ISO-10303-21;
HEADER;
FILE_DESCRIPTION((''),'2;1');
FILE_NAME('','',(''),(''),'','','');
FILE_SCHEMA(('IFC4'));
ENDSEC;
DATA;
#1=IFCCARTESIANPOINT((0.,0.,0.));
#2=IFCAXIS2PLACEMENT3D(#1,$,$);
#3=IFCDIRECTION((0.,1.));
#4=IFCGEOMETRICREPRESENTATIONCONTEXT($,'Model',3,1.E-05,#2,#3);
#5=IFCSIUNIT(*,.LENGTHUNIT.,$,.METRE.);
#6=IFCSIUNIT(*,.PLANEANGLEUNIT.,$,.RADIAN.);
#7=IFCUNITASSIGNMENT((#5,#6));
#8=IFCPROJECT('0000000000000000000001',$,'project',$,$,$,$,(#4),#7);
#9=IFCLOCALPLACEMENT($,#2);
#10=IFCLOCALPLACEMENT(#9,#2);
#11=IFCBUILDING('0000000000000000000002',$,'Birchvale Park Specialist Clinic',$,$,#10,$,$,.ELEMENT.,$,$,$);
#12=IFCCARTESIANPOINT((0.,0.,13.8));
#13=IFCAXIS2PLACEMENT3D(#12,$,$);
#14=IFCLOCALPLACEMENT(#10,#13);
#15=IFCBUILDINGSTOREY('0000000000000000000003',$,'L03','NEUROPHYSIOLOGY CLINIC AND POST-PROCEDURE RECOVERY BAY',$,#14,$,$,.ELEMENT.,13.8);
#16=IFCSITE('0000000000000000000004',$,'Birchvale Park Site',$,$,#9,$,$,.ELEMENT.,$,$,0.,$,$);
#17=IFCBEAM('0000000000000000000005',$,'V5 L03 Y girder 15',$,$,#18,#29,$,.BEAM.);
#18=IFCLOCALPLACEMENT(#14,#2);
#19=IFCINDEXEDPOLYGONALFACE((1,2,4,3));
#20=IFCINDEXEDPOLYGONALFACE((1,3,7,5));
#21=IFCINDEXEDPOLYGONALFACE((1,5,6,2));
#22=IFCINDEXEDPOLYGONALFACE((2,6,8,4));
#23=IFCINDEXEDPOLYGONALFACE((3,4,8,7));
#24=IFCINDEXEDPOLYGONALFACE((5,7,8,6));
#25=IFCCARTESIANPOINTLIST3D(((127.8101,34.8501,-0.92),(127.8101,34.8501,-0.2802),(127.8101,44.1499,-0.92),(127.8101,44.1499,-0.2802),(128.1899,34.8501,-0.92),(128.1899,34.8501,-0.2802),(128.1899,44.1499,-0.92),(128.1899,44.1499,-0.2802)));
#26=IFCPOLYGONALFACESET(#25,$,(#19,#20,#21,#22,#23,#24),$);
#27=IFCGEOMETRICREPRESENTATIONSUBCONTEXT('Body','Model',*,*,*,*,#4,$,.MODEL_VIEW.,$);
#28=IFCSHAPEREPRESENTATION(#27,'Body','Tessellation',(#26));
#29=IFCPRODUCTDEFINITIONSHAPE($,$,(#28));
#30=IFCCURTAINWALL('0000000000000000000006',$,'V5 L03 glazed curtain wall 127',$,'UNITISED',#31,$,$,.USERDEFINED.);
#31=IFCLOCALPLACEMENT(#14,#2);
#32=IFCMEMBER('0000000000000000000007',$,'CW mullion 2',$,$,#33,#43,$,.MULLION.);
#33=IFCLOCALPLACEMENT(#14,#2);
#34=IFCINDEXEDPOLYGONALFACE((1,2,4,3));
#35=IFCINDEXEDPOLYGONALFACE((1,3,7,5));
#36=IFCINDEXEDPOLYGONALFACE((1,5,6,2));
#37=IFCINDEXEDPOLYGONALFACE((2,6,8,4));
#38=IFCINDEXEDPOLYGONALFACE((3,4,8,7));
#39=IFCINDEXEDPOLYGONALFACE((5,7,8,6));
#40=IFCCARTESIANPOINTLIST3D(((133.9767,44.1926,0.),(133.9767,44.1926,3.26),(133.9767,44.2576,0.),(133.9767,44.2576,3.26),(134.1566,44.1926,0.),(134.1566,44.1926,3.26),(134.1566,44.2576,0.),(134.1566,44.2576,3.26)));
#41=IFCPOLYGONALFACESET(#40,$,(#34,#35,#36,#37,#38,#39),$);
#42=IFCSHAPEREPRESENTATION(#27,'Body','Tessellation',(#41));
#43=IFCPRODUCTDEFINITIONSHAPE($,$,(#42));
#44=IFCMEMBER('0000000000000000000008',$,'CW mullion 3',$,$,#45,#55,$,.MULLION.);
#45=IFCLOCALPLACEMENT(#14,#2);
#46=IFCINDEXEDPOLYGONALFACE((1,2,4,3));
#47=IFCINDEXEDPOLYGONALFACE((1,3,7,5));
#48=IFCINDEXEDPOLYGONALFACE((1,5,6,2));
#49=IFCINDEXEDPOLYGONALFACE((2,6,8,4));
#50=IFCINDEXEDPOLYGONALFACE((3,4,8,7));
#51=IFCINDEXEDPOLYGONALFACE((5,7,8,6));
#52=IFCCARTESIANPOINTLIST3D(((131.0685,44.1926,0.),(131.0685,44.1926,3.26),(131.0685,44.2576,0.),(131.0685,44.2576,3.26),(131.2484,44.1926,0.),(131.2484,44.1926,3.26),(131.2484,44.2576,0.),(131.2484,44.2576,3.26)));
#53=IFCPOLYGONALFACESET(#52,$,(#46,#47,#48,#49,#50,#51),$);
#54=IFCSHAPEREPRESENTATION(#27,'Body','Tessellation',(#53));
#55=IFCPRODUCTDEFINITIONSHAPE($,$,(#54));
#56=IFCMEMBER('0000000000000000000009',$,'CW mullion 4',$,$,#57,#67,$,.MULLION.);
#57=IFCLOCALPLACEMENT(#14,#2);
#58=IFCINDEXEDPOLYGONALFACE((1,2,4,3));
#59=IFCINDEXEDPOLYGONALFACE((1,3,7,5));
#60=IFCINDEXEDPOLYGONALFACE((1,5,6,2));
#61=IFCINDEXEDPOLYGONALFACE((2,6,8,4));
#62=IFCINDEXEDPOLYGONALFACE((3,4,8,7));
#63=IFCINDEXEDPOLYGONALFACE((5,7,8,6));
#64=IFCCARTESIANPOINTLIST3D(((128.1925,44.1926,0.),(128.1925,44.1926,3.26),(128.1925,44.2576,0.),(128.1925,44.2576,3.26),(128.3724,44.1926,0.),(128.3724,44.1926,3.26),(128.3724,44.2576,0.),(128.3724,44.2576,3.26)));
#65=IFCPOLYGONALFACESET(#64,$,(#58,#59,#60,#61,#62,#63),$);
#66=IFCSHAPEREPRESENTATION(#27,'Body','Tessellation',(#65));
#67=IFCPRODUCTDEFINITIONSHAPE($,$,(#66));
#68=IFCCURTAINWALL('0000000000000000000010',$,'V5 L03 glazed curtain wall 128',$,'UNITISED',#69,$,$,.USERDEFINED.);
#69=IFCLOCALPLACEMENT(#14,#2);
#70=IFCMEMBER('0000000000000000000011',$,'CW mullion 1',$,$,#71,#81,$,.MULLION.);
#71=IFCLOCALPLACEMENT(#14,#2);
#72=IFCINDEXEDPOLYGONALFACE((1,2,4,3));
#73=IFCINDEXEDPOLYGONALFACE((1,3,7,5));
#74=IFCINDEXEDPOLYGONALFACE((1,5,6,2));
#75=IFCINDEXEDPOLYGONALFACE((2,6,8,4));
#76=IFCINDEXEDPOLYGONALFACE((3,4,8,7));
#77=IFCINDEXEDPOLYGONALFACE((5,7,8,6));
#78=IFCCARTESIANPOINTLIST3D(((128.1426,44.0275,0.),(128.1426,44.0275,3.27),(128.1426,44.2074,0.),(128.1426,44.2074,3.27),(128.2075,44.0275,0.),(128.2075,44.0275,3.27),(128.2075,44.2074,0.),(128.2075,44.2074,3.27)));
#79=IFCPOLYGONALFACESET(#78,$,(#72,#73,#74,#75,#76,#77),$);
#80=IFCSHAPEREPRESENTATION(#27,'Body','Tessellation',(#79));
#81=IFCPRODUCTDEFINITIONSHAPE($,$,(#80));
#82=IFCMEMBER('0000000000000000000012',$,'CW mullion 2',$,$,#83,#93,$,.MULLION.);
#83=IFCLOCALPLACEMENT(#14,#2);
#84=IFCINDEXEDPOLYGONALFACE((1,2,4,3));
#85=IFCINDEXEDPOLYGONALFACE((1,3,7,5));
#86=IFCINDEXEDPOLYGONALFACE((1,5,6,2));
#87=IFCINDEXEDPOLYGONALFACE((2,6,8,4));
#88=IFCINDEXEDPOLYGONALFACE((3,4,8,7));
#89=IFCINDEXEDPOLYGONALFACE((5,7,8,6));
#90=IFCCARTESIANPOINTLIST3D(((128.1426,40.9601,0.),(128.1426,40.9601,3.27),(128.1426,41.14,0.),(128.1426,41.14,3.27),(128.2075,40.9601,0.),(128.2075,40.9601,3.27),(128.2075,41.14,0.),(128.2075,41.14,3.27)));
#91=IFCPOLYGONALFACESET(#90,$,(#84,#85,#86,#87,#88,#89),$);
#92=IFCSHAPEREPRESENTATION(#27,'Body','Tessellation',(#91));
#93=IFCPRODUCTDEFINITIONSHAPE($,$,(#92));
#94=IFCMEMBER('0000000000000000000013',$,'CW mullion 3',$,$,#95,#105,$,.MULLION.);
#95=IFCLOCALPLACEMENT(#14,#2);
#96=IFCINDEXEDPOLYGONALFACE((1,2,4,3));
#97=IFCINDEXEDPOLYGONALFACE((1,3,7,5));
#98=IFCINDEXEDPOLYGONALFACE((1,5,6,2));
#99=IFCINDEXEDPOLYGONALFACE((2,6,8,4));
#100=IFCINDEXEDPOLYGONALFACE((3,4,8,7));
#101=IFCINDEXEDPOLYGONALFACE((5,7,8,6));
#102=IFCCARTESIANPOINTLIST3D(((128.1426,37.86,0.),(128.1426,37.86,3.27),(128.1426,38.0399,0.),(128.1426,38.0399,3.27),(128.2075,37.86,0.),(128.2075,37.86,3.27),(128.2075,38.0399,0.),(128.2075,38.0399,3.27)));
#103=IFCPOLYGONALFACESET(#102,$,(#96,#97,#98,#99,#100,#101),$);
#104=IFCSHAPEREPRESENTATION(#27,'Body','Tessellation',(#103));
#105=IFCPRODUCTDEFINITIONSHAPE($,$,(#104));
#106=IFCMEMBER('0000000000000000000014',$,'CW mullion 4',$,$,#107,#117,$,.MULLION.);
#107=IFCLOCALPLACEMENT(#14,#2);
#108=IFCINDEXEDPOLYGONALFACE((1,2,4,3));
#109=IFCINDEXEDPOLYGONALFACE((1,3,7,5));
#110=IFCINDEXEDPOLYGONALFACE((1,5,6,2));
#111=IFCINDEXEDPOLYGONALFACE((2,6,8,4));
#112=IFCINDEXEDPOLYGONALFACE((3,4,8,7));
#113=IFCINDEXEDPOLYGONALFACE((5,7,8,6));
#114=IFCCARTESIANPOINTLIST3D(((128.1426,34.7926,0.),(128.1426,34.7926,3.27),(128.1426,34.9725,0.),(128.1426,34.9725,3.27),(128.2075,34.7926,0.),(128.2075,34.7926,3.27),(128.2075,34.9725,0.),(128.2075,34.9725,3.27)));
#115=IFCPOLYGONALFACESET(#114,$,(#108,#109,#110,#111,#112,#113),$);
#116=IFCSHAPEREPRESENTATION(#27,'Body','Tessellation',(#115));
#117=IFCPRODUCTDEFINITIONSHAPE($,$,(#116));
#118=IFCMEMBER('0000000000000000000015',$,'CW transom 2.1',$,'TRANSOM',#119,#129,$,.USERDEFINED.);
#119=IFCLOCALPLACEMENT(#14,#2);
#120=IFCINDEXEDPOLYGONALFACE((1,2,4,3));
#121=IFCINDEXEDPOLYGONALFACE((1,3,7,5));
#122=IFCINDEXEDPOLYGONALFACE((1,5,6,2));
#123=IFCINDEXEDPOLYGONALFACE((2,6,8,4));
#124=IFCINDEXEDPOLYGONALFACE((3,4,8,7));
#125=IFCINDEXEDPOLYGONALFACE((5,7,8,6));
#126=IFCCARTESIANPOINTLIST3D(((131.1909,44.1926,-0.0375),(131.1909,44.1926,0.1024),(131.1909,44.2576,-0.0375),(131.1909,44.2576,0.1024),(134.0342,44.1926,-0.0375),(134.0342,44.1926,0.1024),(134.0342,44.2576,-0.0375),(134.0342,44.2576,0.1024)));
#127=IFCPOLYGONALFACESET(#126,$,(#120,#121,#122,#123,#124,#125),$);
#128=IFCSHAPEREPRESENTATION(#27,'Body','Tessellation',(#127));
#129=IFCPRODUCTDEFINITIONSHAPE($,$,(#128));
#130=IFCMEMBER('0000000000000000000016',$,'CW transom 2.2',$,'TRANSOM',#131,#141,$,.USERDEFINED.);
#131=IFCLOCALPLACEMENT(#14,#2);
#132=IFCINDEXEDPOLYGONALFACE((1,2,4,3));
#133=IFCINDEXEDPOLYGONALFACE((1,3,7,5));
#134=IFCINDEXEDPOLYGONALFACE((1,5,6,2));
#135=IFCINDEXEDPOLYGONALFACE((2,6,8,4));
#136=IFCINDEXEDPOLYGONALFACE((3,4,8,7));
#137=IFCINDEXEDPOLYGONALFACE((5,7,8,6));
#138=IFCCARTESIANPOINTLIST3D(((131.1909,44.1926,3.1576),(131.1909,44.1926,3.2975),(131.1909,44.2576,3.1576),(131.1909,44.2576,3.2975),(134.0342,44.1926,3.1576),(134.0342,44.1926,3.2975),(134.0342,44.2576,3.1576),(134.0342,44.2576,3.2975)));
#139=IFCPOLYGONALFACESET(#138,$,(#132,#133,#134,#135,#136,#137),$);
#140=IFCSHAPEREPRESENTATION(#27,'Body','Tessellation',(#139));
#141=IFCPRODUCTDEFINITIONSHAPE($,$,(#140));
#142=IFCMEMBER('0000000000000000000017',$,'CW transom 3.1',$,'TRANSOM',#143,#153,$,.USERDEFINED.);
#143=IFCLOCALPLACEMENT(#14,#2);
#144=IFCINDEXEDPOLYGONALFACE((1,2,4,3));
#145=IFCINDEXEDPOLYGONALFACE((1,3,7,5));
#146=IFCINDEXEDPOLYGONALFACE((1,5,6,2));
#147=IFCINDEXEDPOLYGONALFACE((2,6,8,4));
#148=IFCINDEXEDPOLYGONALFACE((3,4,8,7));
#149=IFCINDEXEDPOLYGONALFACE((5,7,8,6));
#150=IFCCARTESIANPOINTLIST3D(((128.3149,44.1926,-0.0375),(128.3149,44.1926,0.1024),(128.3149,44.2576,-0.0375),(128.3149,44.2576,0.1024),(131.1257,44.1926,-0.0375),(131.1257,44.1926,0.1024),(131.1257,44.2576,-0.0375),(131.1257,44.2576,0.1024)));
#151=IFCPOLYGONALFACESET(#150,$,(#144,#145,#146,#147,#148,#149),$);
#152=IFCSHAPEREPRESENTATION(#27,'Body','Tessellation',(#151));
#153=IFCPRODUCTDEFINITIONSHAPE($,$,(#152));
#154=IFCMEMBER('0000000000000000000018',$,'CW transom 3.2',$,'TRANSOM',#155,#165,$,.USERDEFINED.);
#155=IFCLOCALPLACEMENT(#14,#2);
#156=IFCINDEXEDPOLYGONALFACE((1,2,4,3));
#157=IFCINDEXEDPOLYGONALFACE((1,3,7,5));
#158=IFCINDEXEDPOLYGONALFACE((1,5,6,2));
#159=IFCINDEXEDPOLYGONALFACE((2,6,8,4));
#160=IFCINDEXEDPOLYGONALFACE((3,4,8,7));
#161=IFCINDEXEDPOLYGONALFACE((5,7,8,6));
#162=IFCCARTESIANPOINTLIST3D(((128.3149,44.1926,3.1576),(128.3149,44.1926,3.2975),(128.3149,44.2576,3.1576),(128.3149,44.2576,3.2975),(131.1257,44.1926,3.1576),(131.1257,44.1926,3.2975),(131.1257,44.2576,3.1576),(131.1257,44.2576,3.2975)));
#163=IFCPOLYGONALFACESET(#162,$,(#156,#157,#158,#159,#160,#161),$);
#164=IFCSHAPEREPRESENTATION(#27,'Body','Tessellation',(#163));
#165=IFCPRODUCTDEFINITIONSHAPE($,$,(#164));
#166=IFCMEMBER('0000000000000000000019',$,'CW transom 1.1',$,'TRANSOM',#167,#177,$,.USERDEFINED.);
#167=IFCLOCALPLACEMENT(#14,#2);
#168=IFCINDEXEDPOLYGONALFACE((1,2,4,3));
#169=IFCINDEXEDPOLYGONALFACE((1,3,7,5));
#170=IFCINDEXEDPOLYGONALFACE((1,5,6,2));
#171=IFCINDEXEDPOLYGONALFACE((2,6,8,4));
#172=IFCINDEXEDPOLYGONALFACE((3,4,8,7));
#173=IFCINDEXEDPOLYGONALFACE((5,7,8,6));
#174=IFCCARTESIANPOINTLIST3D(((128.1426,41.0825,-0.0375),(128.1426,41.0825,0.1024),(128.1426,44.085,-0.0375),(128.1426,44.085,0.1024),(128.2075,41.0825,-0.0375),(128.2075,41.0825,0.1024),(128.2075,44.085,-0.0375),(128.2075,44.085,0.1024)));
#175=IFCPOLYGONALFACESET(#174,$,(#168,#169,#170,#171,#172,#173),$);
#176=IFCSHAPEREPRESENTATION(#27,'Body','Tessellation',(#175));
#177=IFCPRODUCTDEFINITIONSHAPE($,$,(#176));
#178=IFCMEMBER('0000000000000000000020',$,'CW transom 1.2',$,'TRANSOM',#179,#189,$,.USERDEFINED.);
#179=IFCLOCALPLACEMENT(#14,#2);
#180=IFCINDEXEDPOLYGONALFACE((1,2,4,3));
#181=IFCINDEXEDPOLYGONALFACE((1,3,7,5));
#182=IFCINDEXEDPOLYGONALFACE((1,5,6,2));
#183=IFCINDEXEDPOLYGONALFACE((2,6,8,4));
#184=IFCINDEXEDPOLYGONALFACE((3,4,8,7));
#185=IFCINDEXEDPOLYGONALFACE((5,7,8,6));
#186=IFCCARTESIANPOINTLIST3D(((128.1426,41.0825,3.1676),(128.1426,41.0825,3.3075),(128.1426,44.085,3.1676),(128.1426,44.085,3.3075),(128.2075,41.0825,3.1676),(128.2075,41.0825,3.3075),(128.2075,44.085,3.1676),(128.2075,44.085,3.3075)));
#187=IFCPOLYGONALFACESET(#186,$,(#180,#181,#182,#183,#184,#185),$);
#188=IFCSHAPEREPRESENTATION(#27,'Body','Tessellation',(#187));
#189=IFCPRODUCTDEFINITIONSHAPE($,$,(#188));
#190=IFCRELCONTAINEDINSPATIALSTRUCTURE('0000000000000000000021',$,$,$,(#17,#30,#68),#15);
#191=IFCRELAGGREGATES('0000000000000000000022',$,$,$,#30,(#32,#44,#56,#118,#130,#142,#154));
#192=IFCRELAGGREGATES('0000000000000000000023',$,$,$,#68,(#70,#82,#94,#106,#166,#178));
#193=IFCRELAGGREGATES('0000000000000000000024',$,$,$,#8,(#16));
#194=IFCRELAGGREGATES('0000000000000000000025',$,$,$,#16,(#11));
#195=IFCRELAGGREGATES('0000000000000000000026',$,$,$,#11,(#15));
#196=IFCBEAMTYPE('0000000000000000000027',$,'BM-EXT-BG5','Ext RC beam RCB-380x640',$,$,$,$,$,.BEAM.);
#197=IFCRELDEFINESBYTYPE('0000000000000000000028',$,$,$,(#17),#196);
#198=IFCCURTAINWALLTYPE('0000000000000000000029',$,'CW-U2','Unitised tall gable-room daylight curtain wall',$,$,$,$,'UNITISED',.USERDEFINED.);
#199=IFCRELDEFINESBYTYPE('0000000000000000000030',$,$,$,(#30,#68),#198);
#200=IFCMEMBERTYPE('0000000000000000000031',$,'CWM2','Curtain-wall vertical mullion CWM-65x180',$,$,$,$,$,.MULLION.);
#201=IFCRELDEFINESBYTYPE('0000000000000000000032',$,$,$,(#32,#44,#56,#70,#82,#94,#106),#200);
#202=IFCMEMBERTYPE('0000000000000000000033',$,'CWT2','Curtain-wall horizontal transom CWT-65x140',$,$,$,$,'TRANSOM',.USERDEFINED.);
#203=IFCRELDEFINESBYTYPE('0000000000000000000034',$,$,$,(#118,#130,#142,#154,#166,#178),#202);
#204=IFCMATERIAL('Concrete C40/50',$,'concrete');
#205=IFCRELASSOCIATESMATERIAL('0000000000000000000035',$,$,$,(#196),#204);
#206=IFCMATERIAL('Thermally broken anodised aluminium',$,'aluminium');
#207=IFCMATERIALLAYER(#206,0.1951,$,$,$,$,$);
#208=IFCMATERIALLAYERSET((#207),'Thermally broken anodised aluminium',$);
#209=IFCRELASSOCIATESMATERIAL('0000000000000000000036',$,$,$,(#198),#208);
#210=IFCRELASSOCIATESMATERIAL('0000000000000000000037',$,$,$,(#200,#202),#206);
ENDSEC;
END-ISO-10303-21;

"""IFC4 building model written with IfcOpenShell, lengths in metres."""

from ifc_helpers import new_model, si_unit, direction, frame, origin, origin_2d, place, context, subcontext, project, spatial, rectangle, extrude, material, layer, layer_set, material_profile, profile_set, type_object, element, aggregate, save


model = new_model("IFC4")

# Units and contexts
model_context = context("Model", 3, precision=1e-05, world=origin(), true_north=direction((0.0, 1.0)))
body_context = subcontext(model_context, "Body", "Model", "MODEL_VIEW")
ifc_project = project(units=[si_unit("LENGTHUNIT", "METRE"), si_unit("PLANEANGLEUNIT", "RADIAN")], contexts=[model_context])

# Site, building, storey
site_placement = place(None, origin())
site = spatial("IfcSite", under=ifc_project, at=site_placement, Name="Birchvale Park Site", CompositionType="ELEMENT", RefElevation=0.0)
building_placement = place(site_placement, origin())
building = spatial("IfcBuilding", under=site, at=building_placement, Name="Birchvale Park Specialist Clinic", CompositionType="ELEMENT")
storey_placement = place(building_placement, frame((0.0, 0.0, 13.8)))
storey = spatial("IfcBuildingStorey", under=building, at=storey_placement, Name="L03", Description="NEUROPHYSIOLOGY CLINIC AND POST-PROCEDURE RECOVERY BAY", CompositionType="ELEMENT", Elevation=13.8)

# Beam
ifc_material_1 = material(Name="Concrete C40/50", Category="concrete")
ifc_material_profile_1 = material_profile(ifc_material_1, rectangle(XDim=0.3799, YDim=0.6399, at=origin_2d()), Name="RCB-380x640")
ifc_profile_set_1 = profile_set([ifc_material_profile_1], Name="Concrete C40/50")
beam_type = type_object("IfcBeamType", Name="BM-EXT-BG5", Description="Ext RC beam RCB-380x640", PredefinedType="BEAM", material=ifc_profile_set_1)
beam_placement = place(storey_placement, frame((128.0, 34.8501, -0.6001), z_axis=(0.0, 1.0, 0.0), x_axis=(-1.0, 0.0, 0.0)))
element("IfcBeam", 1, at=beam_placement, inside=storey, type_object=beam_type, Name="V5 L03 Y girder 15", PredefinedType="BEAM", context=body_context, shape_type="SweptSolid", body=[
    extrude(rectangle(XDim=0.3799, YDim=0.6399, at=origin_2d()), origin(), (0.0, 0.0, 1.0), 9.2998),
])

# Curtain walls, members
ifc_material_2 = material(Name="Thermally broken anodised aluminium", Category="aluminium")
ifc_layer_1 = layer(ifc_material_2, 0.1951)
ifc_layer_set_1 = layer_set([ifc_layer_1], Name="Thermally broken anodised aluminium")
curtain_wall_type = type_object("IfcCurtainWallType", Name="CW-U2", Description="Unitised tall gable-room daylight curtain wall", ElementType="UNITISED", PredefinedType="USERDEFINED", material=ifc_layer_set_1)
curtain_wall_1_placement = place(storey_placement, origin())
curtain_wall_1 = element("IfcCurtainWall", 2, at=curtain_wall_1_placement, inside=storey, type_object=curtain_wall_type, Name="V5 L03 glazed curtain wall 127", ObjectType="UNITISED", PredefinedType="USERDEFINED")
ifc_material_profile_2 = material_profile(ifc_material_2, rectangle(XDim=0.0649, YDim=0.1799, at=origin_2d()), Name="CWM-65x180")
ifc_profile_set_2 = profile_set([ifc_material_profile_2], Name="Thermally broken anodised aluminium")
member_type_1 = type_object("IfcMemberType", Name="CWM2", Description="Curtain-wall vertical mullion CWM-65x180", PredefinedType="MULLION", material=ifc_profile_set_2)
member_1_placement = place(storey_placement, frame((134.0667, 44.2251, 0.0), z_axis=(0.0, 0.0, 1.0), x_axis=(0.0, -1.0, 0.0)))
member_1 = element("IfcMember", 3, at=member_1_placement, type_object=member_type_1, Name="CW mullion 2", PredefinedType="MULLION", context=body_context, shape_type="SweptSolid", body=[
    extrude(rectangle(XDim=0.0649, YDim=0.1799, at=origin_2d()), origin(), (0.0, 0.0, 1.0), 3.26),
])
member_2_placement = place(storey_placement, frame((131.1584, 44.2251, 0.0), z_axis=(0.0, 0.0, 1.0), x_axis=(0.0, -1.0, 0.0)))
member_2 = element("IfcMember", 4, at=member_2_placement, type_object=member_type_1, Name="CW mullion 3", PredefinedType="MULLION", context=body_context, shape_type="SweptSolid", body=[
    extrude(rectangle(XDim=0.0649, YDim=0.1799, at=origin_2d()), origin(), (0.0, 0.0, 1.0), 3.26),
])
member_3_placement = place(storey_placement, frame((128.2825, 44.2251, 0.0), z_axis=(0.0, 0.0, 1.0), x_axis=(0.0, -1.0, 0.0)))
member_3 = element("IfcMember", 5, at=member_3_placement, type_object=member_type_1, Name="CW mullion 4", PredefinedType="MULLION", context=body_context, shape_type="SweptSolid", body=[
    extrude(rectangle(XDim=0.0649, YDim=0.1799, at=origin_2d()), origin(), (0.0, 0.0, 1.0), 3.26),
])
curtain_wall_2_placement = place(storey_placement, origin())
curtain_wall_2 = element("IfcCurtainWall", 6, at=curtain_wall_2_placement, inside=storey, type_object=curtain_wall_type, Name="V5 L03 glazed curtain wall 128", ObjectType="UNITISED", PredefinedType="USERDEFINED")
member_4_placement = place(storey_placement, frame((128.175, 44.1174, 0.0), z_axis=(0.0, 0.0, 1.0), x_axis=(1.0, 0.0, 0.0)))
member_4 = element("IfcMember", 7, at=member_4_placement, type_object=member_type_1, Name="CW mullion 1", PredefinedType="MULLION", context=body_context, shape_type="SweptSolid", body=[
    extrude(rectangle(XDim=0.0649, YDim=0.1799, at=origin_2d()), origin(), (0.0, 0.0, 1.0), 3.27),
])
member_5_placement = place(storey_placement, frame((128.175, 41.05, 0.0), z_axis=(0.0, 0.0, 1.0), x_axis=(1.0, 0.0, 0.0)))
member_5 = element("IfcMember", 8, at=member_5_placement, type_object=member_type_1, Name="CW mullion 2", PredefinedType="MULLION", context=body_context, shape_type="SweptSolid", body=[
    extrude(rectangle(XDim=0.0649, YDim=0.1799, at=origin_2d()), origin(), (0.0, 0.0, 1.0), 3.27),
])
member_6_placement = place(storey_placement, frame((128.175, 37.95, 0.0), z_axis=(0.0, 0.0, 1.0), x_axis=(1.0, 0.0, 0.0)))
member_6 = element("IfcMember", 9, at=member_6_placement, type_object=member_type_1, Name="CW mullion 3", PredefinedType="MULLION", context=body_context, shape_type="SweptSolid", body=[
    extrude(rectangle(XDim=0.0649, YDim=0.1799, at=origin_2d()), origin(), (0.0, 0.0, 1.0), 3.27),
])
member_7_placement = place(storey_placement, frame((128.175, 34.8826, 0.0), z_axis=(0.0, 0.0, 1.0), x_axis=(1.0, 0.0, 0.0)))
member_7 = element("IfcMember", 10, at=member_7_placement, type_object=member_type_1, Name="CW mullion 4", PredefinedType="MULLION", context=body_context, shape_type="SweptSolid", body=[
    extrude(rectangle(XDim=0.0649, YDim=0.1799, at=origin_2d()), origin(), (0.0, 0.0, 1.0), 3.27),
])

# Members
ifc_material_profile_3 = material_profile(ifc_material_2, rectangle(XDim=0.0649, YDim=0.1399, at=origin_2d()), Name="CWT-65x140")
ifc_profile_set_3 = profile_set([ifc_material_profile_3], Name="Thermally broken anodised aluminium")
member_type_2 = type_object("IfcMemberType", Name="CWT2", Description="Curtain-wall horizontal transom CWT-65x140", ElementType="TRANSOM", PredefinedType="USERDEFINED", material=ifc_profile_set_3)
member_8_placement = place(storey_placement, frame((134.0342, 44.2251, 0.0325), z_axis=(-1.0, 0.0, 0.0), x_axis=(0.0, -1.0, 0.0)))
member_8 = element("IfcMember", 11, at=member_8_placement, type_object=member_type_2, Name="CW transom 2.1", ObjectType="TRANSOM", PredefinedType="USERDEFINED", context=body_context, shape_type="SweptSolid", body=[
    extrude(rectangle(XDim=0.0649, YDim=0.1399, at=origin_2d()), origin(), (0.0, 0.0, 1.0), 2.8433),
])
member_9_placement = place(storey_placement, frame((134.0342, 44.2251, 3.2275), z_axis=(-1.0, 0.0, 0.0), x_axis=(0.0, -1.0, 0.0)))
member_9 = element("IfcMember", 12, at=member_9_placement, type_object=member_type_2, Name="CW transom 2.2", ObjectType="TRANSOM", PredefinedType="USERDEFINED", context=body_context, shape_type="SweptSolid", body=[
    extrude(rectangle(XDim=0.0649, YDim=0.1399, at=origin_2d()), origin(), (0.0, 0.0, 1.0), 2.8433),
])
member_10_placement = place(storey_placement, frame((131.1257, 44.2251, 0.0325), z_axis=(-1.0, 0.0, 0.0), x_axis=(0.0, -1.0, 0.0)))
member_10 = element("IfcMember", 13, at=member_10_placement, type_object=member_type_2, Name="CW transom 3.1", ObjectType="TRANSOM", PredefinedType="USERDEFINED", context=body_context, shape_type="SweptSolid", body=[
    extrude(rectangle(XDim=0.0649, YDim=0.1399, at=origin_2d()), origin(), (0.0, 0.0, 1.0), 2.8108),
])
member_11_placement = place(storey_placement, frame((131.1257, 44.2251, 3.2275), z_axis=(-1.0, 0.0, 0.0), x_axis=(0.0, -1.0, 0.0)))
member_11 = element("IfcMember", 14, at=member_11_placement, type_object=member_type_2, Name="CW transom 3.2", ObjectType="TRANSOM", PredefinedType="USERDEFINED", context=body_context, shape_type="SweptSolid", body=[
    extrude(rectangle(XDim=0.0649, YDim=0.1399, at=origin_2d()), origin(), (0.0, 0.0, 1.0), 2.8108),
])
member_12_placement = place(storey_placement, frame((128.175, 44.085, 0.0325), z_axis=(0.0, -1.0, 0.0), x_axis=(1.0, 0.0, 0.0)))
member_12 = element("IfcMember", 15, at=member_12_placement, type_object=member_type_2, Name="CW transom 1.1", ObjectType="TRANSOM", PredefinedType="USERDEFINED", context=body_context, shape_type="SweptSolid", body=[
    extrude(rectangle(XDim=0.0649, YDim=0.1399, at=origin_2d()), origin(), (0.0, 0.0, 1.0), 3.0024),
])
member_13_placement = place(storey_placement, frame((128.175, 44.085, 3.2375), z_axis=(0.0, -1.0, 0.0), x_axis=(1.0, 0.0, 0.0)))
member_13 = element("IfcMember", 16, at=member_13_placement, type_object=member_type_2, Name="CW transom 1.2", ObjectType="TRANSOM", PredefinedType="USERDEFINED", context=body_context, shape_type="SweptSolid", body=[
    extrude(rectangle(XDim=0.0649, YDim=0.1399, at=origin_2d()), origin(), (0.0, 0.0, 1.0), 3.0024),
])

aggregate(curtain_wall_1, [member_1, member_2, member_3, member_8, member_9, member_10, member_11])
aggregate(curtain_wall_2, [member_4, member_5, member_6, member_7, member_12, member_13])

save(model, "model.ifc")
